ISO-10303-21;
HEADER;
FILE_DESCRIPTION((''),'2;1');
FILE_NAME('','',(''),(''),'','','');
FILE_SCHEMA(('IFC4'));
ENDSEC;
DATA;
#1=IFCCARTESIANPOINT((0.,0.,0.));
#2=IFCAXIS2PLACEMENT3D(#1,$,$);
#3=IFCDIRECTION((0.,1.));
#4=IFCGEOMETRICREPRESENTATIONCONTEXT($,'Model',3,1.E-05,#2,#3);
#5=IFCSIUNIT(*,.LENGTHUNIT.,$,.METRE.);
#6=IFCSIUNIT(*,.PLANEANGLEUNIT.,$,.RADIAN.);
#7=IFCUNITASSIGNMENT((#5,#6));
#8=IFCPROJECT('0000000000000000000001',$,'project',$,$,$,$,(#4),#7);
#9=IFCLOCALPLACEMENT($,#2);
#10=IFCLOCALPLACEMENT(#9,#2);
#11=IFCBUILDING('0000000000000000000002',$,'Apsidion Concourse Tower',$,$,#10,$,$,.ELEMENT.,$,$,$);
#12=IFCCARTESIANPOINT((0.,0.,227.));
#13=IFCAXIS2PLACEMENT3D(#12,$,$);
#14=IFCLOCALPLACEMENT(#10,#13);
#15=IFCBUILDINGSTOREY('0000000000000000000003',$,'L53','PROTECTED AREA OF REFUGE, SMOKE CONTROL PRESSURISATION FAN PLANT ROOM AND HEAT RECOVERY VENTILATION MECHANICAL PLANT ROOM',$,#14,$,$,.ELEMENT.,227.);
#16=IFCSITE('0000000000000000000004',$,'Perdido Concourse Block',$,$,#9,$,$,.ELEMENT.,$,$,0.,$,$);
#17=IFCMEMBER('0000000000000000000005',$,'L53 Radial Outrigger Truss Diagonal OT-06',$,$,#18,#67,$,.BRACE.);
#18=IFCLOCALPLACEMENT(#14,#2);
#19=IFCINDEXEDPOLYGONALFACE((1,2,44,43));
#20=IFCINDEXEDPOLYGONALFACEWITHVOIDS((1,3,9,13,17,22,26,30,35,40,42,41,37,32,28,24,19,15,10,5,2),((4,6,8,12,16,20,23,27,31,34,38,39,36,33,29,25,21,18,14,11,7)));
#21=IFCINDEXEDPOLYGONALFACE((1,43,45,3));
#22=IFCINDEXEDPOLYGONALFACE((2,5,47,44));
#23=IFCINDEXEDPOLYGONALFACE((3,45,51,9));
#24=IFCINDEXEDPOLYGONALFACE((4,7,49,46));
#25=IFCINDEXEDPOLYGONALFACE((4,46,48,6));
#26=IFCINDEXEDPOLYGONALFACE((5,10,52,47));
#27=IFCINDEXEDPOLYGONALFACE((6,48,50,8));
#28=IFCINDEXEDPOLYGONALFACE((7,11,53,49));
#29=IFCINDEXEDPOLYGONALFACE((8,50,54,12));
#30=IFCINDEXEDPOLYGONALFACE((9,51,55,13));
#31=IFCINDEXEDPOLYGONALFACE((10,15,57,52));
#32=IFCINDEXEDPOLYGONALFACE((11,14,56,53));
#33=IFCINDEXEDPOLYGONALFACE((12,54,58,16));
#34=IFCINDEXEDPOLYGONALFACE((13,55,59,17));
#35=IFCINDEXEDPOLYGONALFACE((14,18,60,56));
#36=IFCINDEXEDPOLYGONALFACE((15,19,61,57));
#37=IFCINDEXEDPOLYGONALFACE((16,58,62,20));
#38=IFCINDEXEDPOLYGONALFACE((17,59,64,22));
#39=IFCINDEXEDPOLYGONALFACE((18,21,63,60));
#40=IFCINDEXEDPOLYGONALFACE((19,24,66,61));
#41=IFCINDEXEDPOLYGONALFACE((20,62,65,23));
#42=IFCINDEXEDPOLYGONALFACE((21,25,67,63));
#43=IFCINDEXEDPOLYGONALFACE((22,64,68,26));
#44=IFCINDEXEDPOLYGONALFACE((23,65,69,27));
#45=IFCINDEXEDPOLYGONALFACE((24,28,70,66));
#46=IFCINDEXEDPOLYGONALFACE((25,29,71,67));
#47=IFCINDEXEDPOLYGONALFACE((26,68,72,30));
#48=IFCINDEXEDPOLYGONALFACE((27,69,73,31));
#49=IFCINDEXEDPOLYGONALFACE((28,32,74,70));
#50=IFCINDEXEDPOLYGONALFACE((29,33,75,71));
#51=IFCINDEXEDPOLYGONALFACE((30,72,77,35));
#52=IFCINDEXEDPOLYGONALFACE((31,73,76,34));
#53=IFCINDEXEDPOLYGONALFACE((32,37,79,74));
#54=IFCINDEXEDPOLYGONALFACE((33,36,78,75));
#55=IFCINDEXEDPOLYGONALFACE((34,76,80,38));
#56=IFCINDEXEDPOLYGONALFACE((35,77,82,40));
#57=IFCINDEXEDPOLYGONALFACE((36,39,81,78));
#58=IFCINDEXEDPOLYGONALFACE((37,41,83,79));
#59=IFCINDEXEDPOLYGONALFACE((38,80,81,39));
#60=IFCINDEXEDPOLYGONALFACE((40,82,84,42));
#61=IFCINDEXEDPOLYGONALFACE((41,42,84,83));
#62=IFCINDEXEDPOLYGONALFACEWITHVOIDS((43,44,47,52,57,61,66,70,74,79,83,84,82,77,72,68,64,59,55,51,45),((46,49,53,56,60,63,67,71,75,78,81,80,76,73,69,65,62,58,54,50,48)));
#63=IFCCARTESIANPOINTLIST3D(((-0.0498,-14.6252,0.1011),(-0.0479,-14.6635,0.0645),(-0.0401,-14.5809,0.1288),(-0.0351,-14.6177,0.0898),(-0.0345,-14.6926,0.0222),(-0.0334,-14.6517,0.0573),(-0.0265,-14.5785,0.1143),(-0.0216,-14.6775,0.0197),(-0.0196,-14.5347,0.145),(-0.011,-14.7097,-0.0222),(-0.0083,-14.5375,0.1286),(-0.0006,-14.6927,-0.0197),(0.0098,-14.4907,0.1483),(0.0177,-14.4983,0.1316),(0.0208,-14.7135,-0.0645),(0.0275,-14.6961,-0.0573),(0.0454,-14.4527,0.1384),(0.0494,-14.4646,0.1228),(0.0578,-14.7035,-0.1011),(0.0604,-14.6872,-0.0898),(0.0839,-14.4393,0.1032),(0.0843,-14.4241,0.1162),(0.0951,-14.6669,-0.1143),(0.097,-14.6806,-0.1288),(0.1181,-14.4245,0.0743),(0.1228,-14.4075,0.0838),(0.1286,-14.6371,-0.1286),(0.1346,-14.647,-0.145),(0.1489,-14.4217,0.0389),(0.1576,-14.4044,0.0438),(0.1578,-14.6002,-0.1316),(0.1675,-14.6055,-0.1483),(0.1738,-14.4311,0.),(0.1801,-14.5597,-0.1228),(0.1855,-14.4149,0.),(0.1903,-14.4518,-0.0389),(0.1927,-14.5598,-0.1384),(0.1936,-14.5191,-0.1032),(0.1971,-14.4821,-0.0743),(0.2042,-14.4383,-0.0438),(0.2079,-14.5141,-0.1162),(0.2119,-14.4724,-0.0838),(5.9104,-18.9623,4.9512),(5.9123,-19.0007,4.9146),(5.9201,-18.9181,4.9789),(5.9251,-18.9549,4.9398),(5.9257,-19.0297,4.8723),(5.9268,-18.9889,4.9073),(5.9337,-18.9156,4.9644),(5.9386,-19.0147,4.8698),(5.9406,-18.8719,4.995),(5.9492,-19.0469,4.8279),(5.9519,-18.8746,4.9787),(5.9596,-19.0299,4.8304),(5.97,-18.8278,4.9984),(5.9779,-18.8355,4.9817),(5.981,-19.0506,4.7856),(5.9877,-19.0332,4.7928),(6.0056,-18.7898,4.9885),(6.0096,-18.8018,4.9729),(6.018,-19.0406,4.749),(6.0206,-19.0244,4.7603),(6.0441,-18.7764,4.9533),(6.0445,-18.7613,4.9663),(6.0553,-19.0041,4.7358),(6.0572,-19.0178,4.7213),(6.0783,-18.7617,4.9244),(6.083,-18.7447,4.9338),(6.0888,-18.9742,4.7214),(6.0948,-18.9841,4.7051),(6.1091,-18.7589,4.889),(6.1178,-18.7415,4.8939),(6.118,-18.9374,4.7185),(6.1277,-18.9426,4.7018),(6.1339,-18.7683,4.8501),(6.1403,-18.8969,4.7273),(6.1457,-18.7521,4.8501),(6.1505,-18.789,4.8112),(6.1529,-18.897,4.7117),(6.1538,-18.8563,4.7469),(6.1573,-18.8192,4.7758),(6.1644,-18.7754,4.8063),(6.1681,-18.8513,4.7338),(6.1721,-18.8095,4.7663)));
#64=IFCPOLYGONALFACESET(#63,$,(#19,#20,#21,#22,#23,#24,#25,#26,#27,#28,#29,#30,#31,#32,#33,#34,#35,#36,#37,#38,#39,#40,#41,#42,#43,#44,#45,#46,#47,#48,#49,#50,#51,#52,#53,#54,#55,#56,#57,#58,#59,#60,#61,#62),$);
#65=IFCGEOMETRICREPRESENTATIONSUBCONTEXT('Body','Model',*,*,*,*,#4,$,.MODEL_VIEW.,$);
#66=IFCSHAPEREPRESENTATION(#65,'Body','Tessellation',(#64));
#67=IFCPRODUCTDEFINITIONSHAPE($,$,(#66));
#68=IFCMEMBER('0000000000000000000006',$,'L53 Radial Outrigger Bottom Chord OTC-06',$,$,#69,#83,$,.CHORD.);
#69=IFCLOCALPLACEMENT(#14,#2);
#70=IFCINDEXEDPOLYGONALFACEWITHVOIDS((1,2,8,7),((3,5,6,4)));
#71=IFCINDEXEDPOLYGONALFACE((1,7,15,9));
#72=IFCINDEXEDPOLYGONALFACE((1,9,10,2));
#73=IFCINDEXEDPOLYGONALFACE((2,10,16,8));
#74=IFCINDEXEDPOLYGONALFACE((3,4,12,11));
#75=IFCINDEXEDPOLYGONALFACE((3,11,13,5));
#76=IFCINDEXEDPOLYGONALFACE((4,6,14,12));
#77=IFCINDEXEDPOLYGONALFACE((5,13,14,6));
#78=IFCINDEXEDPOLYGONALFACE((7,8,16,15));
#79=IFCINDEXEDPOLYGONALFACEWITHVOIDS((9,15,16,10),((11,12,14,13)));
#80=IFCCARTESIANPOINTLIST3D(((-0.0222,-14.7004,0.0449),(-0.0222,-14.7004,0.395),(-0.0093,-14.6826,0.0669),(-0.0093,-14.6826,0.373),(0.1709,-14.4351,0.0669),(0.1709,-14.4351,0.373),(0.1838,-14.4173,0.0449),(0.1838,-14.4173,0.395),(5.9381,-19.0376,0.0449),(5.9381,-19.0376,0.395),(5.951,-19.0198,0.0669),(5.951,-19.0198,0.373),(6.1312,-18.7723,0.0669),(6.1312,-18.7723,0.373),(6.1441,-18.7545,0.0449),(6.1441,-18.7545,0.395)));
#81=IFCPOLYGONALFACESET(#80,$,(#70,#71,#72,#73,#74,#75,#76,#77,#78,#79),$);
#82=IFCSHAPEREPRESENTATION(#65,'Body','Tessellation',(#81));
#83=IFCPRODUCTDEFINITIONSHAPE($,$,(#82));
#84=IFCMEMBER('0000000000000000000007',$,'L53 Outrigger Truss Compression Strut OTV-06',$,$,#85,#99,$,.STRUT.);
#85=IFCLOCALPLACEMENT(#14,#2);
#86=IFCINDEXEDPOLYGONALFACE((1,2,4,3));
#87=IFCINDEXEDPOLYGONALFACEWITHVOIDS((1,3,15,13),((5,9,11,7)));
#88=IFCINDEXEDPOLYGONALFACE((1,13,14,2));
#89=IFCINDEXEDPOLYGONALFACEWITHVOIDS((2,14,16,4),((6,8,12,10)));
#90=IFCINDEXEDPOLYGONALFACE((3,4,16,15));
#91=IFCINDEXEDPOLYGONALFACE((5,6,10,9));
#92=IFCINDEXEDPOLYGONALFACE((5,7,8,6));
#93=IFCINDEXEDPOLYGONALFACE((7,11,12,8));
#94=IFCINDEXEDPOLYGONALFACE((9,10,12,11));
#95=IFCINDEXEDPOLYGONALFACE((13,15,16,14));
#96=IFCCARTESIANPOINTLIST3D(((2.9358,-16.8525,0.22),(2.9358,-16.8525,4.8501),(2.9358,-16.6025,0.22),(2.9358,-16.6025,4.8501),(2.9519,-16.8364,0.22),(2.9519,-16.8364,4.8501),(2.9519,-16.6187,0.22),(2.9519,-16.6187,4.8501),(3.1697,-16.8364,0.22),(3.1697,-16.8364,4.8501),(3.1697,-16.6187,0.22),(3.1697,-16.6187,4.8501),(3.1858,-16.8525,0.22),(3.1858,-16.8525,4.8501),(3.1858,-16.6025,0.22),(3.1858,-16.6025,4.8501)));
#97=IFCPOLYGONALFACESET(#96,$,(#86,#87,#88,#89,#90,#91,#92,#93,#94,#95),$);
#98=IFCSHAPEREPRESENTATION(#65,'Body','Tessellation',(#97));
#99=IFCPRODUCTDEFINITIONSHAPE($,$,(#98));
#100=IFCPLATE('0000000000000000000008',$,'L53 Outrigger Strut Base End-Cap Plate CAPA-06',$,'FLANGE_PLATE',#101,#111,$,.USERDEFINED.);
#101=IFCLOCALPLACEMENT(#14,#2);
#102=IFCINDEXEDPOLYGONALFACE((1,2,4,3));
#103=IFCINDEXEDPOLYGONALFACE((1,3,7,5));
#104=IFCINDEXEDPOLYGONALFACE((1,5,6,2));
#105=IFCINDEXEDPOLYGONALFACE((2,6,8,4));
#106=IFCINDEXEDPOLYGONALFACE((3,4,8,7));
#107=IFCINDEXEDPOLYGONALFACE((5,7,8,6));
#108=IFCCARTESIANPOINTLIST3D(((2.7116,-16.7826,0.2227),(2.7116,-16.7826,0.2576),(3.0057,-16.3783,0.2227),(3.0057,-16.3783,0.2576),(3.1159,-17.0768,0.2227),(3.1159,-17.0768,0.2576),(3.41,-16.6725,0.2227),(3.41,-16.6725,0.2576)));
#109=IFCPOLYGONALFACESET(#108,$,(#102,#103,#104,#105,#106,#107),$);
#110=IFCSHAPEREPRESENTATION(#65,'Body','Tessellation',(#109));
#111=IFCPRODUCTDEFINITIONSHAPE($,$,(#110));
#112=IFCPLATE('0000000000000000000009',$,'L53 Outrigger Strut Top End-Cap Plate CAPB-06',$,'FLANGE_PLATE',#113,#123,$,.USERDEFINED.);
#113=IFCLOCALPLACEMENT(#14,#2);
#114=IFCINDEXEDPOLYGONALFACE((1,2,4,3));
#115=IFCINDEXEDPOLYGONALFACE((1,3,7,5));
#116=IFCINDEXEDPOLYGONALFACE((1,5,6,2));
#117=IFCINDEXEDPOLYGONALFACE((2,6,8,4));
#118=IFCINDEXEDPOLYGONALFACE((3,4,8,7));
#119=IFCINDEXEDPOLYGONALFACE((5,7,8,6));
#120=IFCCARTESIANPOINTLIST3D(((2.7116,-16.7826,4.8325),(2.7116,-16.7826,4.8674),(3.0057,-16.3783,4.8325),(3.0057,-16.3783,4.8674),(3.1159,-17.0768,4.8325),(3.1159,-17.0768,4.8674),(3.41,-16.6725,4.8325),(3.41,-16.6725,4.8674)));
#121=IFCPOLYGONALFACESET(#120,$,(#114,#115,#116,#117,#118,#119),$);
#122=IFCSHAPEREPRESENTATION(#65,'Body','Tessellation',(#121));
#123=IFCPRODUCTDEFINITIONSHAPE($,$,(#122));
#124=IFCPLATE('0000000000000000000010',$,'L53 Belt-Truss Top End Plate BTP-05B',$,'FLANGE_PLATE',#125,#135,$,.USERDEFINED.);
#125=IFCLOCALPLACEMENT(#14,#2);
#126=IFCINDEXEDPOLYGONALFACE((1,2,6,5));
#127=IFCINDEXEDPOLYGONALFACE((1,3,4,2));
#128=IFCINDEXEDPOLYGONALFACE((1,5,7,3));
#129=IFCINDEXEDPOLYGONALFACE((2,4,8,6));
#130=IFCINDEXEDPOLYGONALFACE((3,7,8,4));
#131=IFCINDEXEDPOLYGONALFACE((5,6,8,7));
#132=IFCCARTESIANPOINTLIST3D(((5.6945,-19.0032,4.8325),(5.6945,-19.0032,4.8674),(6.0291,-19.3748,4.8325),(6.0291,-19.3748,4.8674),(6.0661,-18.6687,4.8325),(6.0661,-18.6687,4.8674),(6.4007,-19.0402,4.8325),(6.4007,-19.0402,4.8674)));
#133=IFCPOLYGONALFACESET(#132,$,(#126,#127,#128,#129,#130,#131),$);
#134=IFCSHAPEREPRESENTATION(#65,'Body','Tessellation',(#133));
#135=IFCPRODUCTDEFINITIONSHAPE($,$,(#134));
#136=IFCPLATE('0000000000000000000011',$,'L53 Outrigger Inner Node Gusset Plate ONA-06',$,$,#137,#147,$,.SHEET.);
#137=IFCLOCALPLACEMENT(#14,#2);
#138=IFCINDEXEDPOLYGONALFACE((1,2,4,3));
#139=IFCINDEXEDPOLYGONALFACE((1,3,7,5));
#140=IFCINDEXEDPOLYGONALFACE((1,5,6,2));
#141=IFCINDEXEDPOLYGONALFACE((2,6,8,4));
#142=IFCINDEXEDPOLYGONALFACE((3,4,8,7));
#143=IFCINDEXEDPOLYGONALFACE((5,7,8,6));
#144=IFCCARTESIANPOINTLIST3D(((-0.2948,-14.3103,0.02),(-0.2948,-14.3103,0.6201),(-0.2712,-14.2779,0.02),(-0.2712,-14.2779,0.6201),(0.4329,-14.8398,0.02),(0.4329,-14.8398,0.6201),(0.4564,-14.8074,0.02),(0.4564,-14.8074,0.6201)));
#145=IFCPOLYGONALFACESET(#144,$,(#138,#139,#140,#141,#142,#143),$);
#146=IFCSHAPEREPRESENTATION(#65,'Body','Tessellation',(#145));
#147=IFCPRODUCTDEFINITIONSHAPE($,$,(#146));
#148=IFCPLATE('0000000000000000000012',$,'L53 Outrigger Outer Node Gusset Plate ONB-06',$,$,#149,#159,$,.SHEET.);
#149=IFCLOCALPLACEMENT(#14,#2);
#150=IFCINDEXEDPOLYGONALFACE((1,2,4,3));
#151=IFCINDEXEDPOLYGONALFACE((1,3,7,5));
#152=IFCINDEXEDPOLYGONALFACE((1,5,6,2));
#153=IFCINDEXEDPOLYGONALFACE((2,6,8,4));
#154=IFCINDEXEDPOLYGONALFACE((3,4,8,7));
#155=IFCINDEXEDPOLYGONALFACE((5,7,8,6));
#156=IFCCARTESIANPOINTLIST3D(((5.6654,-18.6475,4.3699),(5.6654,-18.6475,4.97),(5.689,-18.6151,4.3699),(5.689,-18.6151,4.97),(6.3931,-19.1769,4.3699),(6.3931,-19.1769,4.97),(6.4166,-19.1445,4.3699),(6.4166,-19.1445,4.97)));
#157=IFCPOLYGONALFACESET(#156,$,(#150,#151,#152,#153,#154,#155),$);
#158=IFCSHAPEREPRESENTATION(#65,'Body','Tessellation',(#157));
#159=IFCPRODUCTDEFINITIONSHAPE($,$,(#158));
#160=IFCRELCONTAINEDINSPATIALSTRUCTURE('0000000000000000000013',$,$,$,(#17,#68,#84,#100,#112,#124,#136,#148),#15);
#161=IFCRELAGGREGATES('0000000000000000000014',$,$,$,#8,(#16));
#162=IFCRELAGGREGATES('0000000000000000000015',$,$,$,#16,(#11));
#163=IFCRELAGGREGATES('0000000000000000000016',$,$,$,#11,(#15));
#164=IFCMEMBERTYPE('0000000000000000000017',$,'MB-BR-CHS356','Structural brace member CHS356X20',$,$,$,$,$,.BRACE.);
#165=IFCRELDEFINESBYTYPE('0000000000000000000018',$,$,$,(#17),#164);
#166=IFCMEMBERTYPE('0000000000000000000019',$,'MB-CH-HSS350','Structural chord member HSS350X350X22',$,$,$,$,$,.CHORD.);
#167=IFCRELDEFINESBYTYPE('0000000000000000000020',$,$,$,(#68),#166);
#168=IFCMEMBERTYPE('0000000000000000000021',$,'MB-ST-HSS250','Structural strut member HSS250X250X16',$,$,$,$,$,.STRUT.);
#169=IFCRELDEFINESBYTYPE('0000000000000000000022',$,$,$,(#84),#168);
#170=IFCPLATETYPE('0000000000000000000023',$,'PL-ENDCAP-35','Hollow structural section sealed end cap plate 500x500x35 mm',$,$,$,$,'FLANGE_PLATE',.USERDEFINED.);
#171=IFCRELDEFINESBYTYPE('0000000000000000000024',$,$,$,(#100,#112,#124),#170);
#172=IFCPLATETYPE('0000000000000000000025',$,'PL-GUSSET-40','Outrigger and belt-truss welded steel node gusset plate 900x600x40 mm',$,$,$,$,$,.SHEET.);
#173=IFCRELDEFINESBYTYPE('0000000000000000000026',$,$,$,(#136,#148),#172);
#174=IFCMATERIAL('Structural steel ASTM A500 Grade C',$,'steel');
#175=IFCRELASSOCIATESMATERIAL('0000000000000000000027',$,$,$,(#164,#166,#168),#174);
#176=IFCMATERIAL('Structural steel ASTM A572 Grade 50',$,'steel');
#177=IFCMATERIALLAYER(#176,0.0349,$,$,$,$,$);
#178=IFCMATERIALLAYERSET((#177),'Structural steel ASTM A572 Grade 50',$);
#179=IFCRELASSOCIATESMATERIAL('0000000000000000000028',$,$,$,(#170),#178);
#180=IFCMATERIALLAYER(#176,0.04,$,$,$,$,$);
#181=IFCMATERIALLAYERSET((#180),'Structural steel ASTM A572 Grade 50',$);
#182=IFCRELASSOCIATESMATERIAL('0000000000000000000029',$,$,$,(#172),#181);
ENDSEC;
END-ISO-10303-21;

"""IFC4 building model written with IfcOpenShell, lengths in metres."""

from ifc_helpers import new_model, si_unit, direction, frame, origin, origin_2d, place, context, subcontext, project, spatial, rectangle, hollow_rectangle, hollow_circle, extrude, material, layer, layer_set, material_profile, profile_set, type_object, element, save


model = new_model("IFC4")

# Units and contexts
model_context = context("Model", 3, precision=1e-05, world=origin(), true_north=direction((0.0, 1.0)))
body_context = subcontext(model_context, "Body", "Model", "MODEL_VIEW")
ifc_project = project(units=[si_unit("LENGTHUNIT", "METRE"), si_unit("PLANEANGLEUNIT", "RADIAN")], contexts=[model_context])

# Site, building, storey
site_placement = place(None, origin())
site = spatial("IfcSite", under=ifc_project, at=site_placement, Name="Perdido Concourse Block", CompositionType="ELEMENT", RefElevation=0.0)
building_placement = place(site_placement, origin())
building = spatial("IfcBuilding", under=site, at=building_placement, Name="Apsidion Concourse Tower", CompositionType="ELEMENT")
storey_placement = place(building_placement, frame((0.0, 0.0, 227.0)))
storey = spatial("IfcBuildingStorey", under=building, at=storey_placement, Name="L53", Description="PROTECTED AREA OF REFUGE, SMOKE CONTROL PRESSURISATION FAN PLANT ROOM AND HEAT RECOVERY VENTILATION MECHANICAL PLANT ROOM", CompositionType="ELEMENT", Elevation=227.0)

# Members
ifc_material_1 = material(Name="Structural steel ASTM A500 Grade C", Category="steel")
ifc_material_profile_1 = material_profile(ifc_material_1, hollow_circle(Radius=0.178, WallThickness=0.02, at=origin_2d()), Name="CHS356X20")
ifc_profile_set_1 = profile_set([ifc_material_profile_1], Name="Structural steel ASTM A500 Grade C")
member_type_1 = type_object("IfcMemberType", Name="MB-BR-CHS356", Description="Structural brace member CHS356X20", PredefinedType="BRACE", material=ifc_profile_set_1)
member_1_placement = place(storey_placement, frame((0.0808, -14.5588, 0.0), z_axis=(0.675474, -0.491533, 0.549664), x_axis=(0.58839, 0.808577, 0.0)))
element("IfcMember", 1, at=member_1_placement, inside=storey, type_object=member_type_1, Name="L53 Radial Outrigger Truss Diagonal OT-06", PredefinedType="BRACE", context=body_context, shape_type="SweptSolid", body=[
    extrude(hollow_circle(Radius=0.178, WallThickness=0.02, at=origin_2d()), origin(), (0.0, 0.0, 1.0), 8.8237),
])
ifc_material_profile_2 = material_profile(ifc_material_1, hollow_rectangle(XDim=0.3501, YDim=0.3501, WallThickness=0.022, at=origin_2d()), Name="HSS350X350X22")
ifc_profile_set_2 = profile_set([ifc_material_profile_2], Name="Structural steel ASTM A500 Grade C")
member_type_2 = type_object("IfcMemberType", Name="MB-CH-HSS350", Description="Structural chord member HSS350X350X22", PredefinedType="CHORD", material=ifc_profile_set_2)
member_2_placement = place(storey_placement, frame((0.0808, -14.5588, 0.22), z_axis=(0.808577, -0.58839, 0.0), x_axis=(0.58839, 0.808577, 0.0)))
element("IfcMember", 2, at=member_2_placement, inside=storey, type_object=member_type_2, Name="L53 Radial Outrigger Bottom Chord OTC-06", PredefinedType="CHORD", context=body_context, shape_type="SweptSolid", body=[
    extrude(hollow_rectangle(XDim=0.3501, YDim=0.3501, WallThickness=0.022, at=origin_2d()), origin(), (0.0, 0.0, 1.0), 7.3713),
])
ifc_material_profile_3 = material_profile(ifc_material_1, hollow_rectangle(XDim=0.25, YDim=0.25, WallThickness=0.0161, at=origin_2d()), Name="HSS250X250X16")
ifc_profile_set_3 = profile_set([ifc_material_profile_3], Name="Structural steel ASTM A500 Grade C")
member_type_3 = type_object("IfcMemberType", Name="MB-ST-HSS250", Description="Structural strut member HSS250X250X16", PredefinedType="STRUT", material=ifc_profile_set_3)
member_3_placement = place(storey_placement, frame((3.0608, -16.7275, 0.22), z_axis=(0.0, 0.0, 1.0), x_axis=(1.0, 0.0, 0.0)))
element("IfcMember", 3, at=member_3_placement, inside=storey, type_object=member_type_3, Name="L53 Outrigger Truss Compression Strut OTV-06", PredefinedType="STRUT", context=body_context, shape_type="SweptSolid", body=[
    extrude(hollow_rectangle(XDim=0.25, YDim=0.25, WallThickness=0.0161, at=origin_2d()), origin(), (0.0, 0.0, 1.0), 4.6301),
])

# Plates
ifc_material_2 = material(Name="Structural steel ASTM A572 Grade 50", Category="steel")
ifc_layer_1 = layer(ifc_material_2, 0.0349)
ifc_layer_set_1 = layer_set([ifc_layer_1], Name="Structural steel ASTM A572 Grade 50")
plate_type_1 = type_object("IfcPlateType", Name="PL-ENDCAP-35", Description="Hollow structural section sealed end cap plate 500x500x35 mm", ElementType="FLANGE_PLATE", PredefinedType="USERDEFINED", material=ifc_layer_set_1)
for number, where, z_axis, x_axis, name in (
    (4, (3.0608, -16.7275, 0.2227), (0.0, 0.0, 1.0), (-0.808606, 0.58835, 0.0), "L53 Outrigger Strut Base End-Cap Plate CAPA-06"),
    (5, (3.0608, -16.7275, 4.8325), (0.0, 0.0, 1.0), (-0.808606, 0.58835, 0.0), "L53 Outrigger Strut Top End-Cap Plate CAPB-06"),
    (6, (6.0476, -19.0217, 4.8325), (0.0, 0.0, 1.0), (0.743145, 0.669131, 0.0), "L53 Belt-Truss Top End Plate BTP-05B"),
):
    element("IfcPlate", number, at=place(storey_placement, frame(where, z_axis=z_axis, x_axis=x_axis)), inside=storey, type_object=plate_type_1, Name=name, ObjectType="FLANGE_PLATE", PredefinedType="USERDEFINED", context=body_context, shape_type="SweptSolid", body=[
        extrude(rectangle(XDim=0.5, YDim=0.5, at=origin_2d()), origin(), (0.0, 0.0, 1.0), 0.0349),
    ])
ifc_layer_2 = layer(ifc_material_2, 0.04)
ifc_layer_set_2 = layer_set([ifc_layer_2], Name="Structural steel ASTM A572 Grade 50")
plate_type_2 = type_object("IfcPlateType", Name="PL-GUSSET-40", Description="Outrigger and belt-truss welded steel node gusset plate 900x600x40 mm", PredefinedType="SHEET", material=ifc_layer_set_2)
for number, where, z_axis, x_axis, name in (
    (7, (0.0808, -14.5588, 0.02), (0.0, 0.0, 1.0), (-0.808606, 0.58835, 0.0), "L53 Outrigger Inner Node Gusset Plate ONA-06"),
    (8, (6.041, -18.896, 4.3699), (0.0, 0.0, 1.0), (-0.808606, 0.58835, 0.0), "L53 Outrigger Outer Node Gusset Plate ONB-06"),
):
    element("IfcPlate", number, at=place(storey_placement, frame(where, z_axis=z_axis, x_axis=x_axis)), inside=storey, type_object=plate_type_2, Name=name, PredefinedType="SHEET", context=body_context, shape_type="SweptSolid", body=[
        extrude(rectangle(XDim=0.8999, YDim=0.04, at=origin_2d()), origin(), (0.0, 0.0, 1.0), 0.6001),
    ])

save(model, "model.ifc")
